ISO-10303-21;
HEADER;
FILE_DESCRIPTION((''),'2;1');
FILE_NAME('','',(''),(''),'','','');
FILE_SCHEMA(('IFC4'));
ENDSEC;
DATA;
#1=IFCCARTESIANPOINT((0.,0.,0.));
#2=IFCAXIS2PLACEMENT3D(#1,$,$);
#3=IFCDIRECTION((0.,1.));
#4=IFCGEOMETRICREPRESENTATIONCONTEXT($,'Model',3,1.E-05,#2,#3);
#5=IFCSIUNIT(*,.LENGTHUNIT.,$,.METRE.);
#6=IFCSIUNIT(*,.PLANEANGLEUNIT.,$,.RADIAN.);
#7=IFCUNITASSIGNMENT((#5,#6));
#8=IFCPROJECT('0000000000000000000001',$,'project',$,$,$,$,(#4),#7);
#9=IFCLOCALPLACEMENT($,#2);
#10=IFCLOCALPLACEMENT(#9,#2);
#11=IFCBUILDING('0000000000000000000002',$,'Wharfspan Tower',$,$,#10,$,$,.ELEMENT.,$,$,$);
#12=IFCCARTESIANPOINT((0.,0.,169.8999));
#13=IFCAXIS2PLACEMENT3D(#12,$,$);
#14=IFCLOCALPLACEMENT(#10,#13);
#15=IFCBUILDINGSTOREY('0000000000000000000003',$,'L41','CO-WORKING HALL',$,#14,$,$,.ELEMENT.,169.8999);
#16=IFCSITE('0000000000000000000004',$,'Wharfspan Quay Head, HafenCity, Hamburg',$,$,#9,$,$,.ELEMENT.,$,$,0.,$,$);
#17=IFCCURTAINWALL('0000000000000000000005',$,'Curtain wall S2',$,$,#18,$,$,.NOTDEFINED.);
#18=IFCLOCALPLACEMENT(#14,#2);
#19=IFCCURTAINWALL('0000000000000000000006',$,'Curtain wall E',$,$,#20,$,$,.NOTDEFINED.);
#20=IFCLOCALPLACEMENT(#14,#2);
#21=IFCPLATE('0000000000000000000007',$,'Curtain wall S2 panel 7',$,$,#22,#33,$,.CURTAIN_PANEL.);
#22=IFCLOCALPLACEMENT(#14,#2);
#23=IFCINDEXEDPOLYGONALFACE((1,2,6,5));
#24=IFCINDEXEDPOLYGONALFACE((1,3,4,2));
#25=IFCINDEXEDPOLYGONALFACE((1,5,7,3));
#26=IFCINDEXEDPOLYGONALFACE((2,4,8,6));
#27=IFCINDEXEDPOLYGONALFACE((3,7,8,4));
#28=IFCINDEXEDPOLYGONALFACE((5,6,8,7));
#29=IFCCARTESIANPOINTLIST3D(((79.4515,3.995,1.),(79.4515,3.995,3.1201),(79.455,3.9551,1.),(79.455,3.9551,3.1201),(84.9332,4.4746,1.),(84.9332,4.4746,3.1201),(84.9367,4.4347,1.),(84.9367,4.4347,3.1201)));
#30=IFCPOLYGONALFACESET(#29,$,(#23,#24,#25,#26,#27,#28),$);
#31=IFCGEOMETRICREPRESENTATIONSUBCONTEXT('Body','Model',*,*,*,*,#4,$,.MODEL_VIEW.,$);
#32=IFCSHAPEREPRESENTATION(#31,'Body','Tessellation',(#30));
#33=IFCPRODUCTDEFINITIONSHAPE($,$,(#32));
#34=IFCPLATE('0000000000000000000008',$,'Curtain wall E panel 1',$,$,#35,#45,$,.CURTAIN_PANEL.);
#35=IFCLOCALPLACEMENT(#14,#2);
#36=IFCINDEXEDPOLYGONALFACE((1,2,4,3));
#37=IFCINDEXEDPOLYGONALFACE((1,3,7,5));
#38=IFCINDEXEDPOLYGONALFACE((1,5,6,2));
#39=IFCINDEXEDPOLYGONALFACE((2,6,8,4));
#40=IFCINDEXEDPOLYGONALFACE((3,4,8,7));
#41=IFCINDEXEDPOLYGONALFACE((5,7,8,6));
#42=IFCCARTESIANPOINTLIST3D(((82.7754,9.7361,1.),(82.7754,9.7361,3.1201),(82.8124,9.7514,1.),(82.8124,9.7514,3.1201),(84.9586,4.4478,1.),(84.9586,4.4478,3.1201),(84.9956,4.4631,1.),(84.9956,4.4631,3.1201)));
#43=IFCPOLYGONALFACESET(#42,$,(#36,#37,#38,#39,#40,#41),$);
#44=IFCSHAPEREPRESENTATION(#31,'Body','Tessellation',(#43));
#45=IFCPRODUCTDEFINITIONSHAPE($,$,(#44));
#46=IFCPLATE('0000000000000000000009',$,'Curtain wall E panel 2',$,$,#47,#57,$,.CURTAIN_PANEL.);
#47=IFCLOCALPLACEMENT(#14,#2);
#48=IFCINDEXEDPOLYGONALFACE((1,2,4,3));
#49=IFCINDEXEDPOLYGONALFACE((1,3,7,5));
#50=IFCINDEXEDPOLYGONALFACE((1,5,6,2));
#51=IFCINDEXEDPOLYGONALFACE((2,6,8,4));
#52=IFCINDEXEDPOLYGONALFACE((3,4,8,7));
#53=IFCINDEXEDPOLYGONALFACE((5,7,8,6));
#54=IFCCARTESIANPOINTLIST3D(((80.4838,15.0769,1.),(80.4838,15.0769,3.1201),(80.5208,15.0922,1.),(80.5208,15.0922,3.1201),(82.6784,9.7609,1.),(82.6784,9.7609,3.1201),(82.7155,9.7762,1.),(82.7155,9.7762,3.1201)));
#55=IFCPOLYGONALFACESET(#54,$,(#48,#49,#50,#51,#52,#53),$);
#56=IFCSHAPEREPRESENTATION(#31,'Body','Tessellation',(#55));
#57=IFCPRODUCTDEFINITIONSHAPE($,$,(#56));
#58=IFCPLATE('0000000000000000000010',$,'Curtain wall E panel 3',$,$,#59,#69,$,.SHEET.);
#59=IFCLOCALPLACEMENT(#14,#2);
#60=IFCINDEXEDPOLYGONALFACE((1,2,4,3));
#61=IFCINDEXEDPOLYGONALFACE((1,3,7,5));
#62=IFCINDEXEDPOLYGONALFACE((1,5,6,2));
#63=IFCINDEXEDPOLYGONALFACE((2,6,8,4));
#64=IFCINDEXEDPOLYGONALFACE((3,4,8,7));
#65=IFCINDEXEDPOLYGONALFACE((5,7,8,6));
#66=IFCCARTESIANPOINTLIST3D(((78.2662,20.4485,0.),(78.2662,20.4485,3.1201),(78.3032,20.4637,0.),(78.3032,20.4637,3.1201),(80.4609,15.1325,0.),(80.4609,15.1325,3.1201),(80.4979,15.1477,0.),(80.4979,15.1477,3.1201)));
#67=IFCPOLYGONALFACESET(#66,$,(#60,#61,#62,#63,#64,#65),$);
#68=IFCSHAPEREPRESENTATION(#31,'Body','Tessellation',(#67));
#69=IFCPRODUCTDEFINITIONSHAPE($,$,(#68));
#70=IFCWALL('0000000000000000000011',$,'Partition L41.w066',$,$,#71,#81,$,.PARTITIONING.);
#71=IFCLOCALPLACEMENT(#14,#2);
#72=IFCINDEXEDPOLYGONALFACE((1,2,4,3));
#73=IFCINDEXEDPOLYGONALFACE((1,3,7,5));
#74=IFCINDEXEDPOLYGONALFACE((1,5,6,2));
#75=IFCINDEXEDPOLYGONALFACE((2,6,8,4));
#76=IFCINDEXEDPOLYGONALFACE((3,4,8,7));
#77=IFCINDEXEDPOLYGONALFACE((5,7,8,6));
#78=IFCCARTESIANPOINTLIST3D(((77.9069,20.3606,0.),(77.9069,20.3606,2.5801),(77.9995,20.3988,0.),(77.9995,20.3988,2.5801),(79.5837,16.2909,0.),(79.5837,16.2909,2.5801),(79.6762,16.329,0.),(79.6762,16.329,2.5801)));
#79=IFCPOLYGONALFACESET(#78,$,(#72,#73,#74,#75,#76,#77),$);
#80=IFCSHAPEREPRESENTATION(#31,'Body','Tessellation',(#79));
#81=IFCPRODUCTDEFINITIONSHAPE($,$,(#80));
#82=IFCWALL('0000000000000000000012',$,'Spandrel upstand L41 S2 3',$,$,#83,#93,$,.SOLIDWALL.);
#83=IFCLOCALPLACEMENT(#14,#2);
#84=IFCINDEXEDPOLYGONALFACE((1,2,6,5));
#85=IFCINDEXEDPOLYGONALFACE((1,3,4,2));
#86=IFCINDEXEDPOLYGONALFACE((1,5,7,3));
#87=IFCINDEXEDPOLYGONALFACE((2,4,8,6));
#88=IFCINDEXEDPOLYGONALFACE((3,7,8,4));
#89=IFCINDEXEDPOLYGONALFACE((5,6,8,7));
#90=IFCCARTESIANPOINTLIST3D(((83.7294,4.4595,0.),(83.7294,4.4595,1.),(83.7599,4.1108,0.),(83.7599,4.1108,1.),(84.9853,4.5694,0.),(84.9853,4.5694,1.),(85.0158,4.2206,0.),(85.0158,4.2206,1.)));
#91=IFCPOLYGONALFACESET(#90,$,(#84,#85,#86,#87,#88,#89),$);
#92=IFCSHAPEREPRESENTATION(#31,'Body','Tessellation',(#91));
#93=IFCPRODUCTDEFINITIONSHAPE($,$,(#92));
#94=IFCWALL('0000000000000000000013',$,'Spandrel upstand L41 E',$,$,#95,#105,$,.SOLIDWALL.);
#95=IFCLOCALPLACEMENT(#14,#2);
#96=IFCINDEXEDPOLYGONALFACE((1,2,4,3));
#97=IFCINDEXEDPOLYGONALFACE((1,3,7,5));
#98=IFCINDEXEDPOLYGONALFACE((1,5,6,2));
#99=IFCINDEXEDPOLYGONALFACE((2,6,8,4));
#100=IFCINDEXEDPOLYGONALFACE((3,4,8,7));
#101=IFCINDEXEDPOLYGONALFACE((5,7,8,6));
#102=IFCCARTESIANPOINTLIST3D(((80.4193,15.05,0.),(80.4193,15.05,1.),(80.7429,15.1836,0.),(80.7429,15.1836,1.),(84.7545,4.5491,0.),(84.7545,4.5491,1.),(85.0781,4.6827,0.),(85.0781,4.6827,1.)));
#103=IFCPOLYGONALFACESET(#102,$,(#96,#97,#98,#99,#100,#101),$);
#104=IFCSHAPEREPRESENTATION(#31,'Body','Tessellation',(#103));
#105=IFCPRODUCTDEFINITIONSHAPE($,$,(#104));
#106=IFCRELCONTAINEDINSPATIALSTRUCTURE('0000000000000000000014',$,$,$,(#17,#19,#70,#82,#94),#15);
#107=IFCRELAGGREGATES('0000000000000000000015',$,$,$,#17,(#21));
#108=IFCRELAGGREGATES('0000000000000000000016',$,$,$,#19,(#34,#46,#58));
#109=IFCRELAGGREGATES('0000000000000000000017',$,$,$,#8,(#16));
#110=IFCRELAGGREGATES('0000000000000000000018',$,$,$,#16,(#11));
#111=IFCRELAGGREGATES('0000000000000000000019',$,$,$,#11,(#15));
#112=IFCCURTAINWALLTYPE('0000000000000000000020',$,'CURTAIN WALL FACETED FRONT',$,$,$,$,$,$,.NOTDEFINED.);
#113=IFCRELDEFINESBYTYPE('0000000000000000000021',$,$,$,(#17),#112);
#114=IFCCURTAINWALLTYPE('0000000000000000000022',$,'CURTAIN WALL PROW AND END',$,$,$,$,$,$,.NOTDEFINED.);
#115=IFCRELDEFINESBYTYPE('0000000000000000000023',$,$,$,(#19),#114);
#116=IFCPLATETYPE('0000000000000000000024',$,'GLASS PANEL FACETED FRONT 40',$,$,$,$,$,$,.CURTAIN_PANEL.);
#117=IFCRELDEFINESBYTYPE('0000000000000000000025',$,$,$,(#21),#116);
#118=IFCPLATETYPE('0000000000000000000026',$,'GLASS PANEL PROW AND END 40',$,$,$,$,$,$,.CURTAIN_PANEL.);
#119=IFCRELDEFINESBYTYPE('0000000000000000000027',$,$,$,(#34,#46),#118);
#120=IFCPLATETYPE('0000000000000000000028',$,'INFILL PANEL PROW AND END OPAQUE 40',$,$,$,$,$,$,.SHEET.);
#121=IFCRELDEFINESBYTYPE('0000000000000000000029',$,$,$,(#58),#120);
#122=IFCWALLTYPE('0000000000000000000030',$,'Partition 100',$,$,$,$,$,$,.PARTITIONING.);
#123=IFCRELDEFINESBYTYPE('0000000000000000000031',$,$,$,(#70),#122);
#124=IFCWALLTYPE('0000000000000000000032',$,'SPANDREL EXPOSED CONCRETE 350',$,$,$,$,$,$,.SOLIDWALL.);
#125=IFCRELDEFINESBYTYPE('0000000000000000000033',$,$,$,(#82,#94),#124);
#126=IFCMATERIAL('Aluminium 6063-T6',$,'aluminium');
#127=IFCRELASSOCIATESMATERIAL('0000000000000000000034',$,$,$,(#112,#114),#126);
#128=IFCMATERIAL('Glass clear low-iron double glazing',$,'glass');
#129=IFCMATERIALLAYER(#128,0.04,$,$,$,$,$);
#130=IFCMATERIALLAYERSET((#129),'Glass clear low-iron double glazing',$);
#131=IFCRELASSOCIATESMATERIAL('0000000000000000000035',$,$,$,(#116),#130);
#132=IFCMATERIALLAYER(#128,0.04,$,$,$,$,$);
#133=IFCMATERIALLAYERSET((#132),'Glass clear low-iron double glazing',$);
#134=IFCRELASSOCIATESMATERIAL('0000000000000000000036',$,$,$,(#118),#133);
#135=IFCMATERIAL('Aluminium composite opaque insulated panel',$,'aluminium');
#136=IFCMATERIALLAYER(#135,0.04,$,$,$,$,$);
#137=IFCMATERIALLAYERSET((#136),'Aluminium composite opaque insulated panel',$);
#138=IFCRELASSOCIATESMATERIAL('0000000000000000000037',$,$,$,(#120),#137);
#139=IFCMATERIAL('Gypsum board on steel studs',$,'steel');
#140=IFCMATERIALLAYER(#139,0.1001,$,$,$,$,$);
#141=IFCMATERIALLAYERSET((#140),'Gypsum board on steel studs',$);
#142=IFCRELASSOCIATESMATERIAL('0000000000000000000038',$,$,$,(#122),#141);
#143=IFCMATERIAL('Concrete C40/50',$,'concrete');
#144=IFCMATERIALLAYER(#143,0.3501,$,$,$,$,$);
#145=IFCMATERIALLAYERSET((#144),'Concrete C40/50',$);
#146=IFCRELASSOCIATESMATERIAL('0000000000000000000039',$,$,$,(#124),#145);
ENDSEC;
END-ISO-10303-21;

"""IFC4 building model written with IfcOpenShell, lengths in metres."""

from ifc_helpers import new_model, si_unit, direction, frame, frame_2d, origin, origin_2d, place, context, subcontext, project, spatial, rectangle, extrude, material, layer, layer_set, type_object, element, aggregate, save


model = new_model("IFC4")

# Units and contexts
model_context = context("Model", 3, precision=1e-05, world=origin(), true_north=direction((0.0, 1.0)))
body_context = subcontext(model_context, "Body", "Model", "MODEL_VIEW")
ifc_project = project(units=[si_unit("LENGTHUNIT", "METRE"), si_unit("PLANEANGLEUNIT", "RADIAN")], contexts=[model_context])

# Site, building, storey
site_placement = place(None, origin())
site = spatial("IfcSite", under=ifc_project, at=site_placement, Name="Wharfspan Quay Head, HafenCity, Hamburg", CompositionType="ELEMENT", RefElevation=0.0)
building_placement = place(site_placement, origin())
building = spatial("IfcBuilding", under=site, at=building_placement, Name="Wharfspan Tower", CompositionType="ELEMENT")
storey_placement = place(building_placement, frame((0.0, 0.0, 169.8999)))
storey = spatial("IfcBuildingStorey", under=building, at=storey_placement, Name="L41", Description="CO-WORKING HALL", CompositionType="ELEMENT", Elevation=169.8999)

# Curtain walls
ifc_material_1 = material(Name="Aluminium 6063-T6", Category="aluminium")
curtain_wall_type_1 = type_object("IfcCurtainWallType", Name="CURTAIN WALL FACETED FRONT", PredefinedType="NOTDEFINED", material=ifc_material_1)
curtain_wall_1_placement = place(storey_placement, origin())
curtain_wall_1 = element("IfcCurtainWall", 1, at=curtain_wall_1_placement, inside=storey, type_object=curtain_wall_type_1, Name="Curtain wall S2", PredefinedType="NOTDEFINED")
curtain_wall_type_2 = type_object("IfcCurtainWallType", Name="CURTAIN WALL PROW AND END", PredefinedType="NOTDEFINED", material=ifc_material_1)
curtain_wall_2_placement = place(storey_placement, origin())
curtain_wall_2 = element("IfcCurtainWall", 2, at=curtain_wall_2_placement, inside=storey, type_object=curtain_wall_type_2, Name="Curtain wall E", PredefinedType="NOTDEFINED")

# Plates
ifc_material_2 = material(Name="Glass clear low-iron double glazing", Category="glass")
ifc_layer_1 = layer(ifc_material_2, 0.04)
ifc_layer_set_1 = layer_set([ifc_layer_1], Name="Glass clear low-iron double glazing")
plate_type_1 = type_object("IfcPlateType", Name="GLASS PANEL FACETED FRONT 40", PredefinedType="CURTAIN_PANEL", material=ifc_layer_set_1)
plate_1_placement = place(storey_placement, frame((82.1941, 4.2148, 1.0), z_axis=(0.0, 0.0, 1.0), x_axis=(0.996198, 0.087156, 0.0)))
plate_1 = element("IfcPlate", 3, at=plate_1_placement, type_object=plate_type_1, Name="Curtain wall S2 panel 7", PredefinedType="CURTAIN_PANEL", context=body_context, shape_type="SweptSolid", body=[
    extrude(rectangle(XDim=5.5027, YDim=0.04, at=origin_2d()), origin(), (0.0, 0.0, 1.0), 2.1201),
])
aggregate(curtain_wall_1, [plate_1])
ifc_layer_2 = layer(ifc_material_2, 0.04)
ifc_layer_set_2 = layer_set([ifc_layer_2], Name="Glass clear low-iron double glazing")
plate_type_2 = type_object("IfcPlateType", Name="GLASS PANEL PROW AND END 40", PredefinedType="CURTAIN_PANEL", material=ifc_layer_set_2)
plate_2_placement = place(storey_placement, frame((83.8855, 7.0996, 1.0), z_axis=(0.0, 0.0, 1.0), x_axis=(-0.381602, 0.924325, 0.0)))
plate_2 = element("IfcPlate", 4, at=plate_2_placement, type_object=plate_type_2, Name="Curtain wall E panel 1", PredefinedType="CURTAIN_PANEL", context=body_context, shape_type="SweptSolid", body=[
    extrude(rectangle(XDim=5.7212, YDim=0.04, at=origin_2d()), origin(), (0.0, 0.0, 1.0), 2.1201),
])
plate_3_placement = place(storey_placement, frame((81.5996, 12.4265, 1.0), z_axis=(0.0, 0.0, 1.0), x_axis=(-0.381602, 0.924325, 0.0)))
plate_3 = element("IfcPlate", 5, at=plate_3_placement, type_object=plate_type_2, Name="Curtain wall E panel 2", PredefinedType="CURTAIN_PANEL", context=body_context, shape_type="SweptSolid", body=[
    extrude(rectangle(XDim=5.7512, YDim=0.04, at=origin_2d()), origin(), (0.0, 0.0, 1.0), 2.1201),
])
ifc_material_3 = material(Name="Aluminium composite opaque insulated panel", Category="aluminium")
ifc_layer_3 = layer(ifc_material_3, 0.04)
ifc_layer_set_3 = layer_set([ifc_layer_3], Name="Aluminium composite opaque insulated panel")
plate_type_3 = type_object("IfcPlateType", Name="INFILL PANEL PROW AND END OPAQUE 40", PredefinedType="SHEET", material=ifc_layer_set_3)
plate_4_placement = place(storey_placement, frame((79.3821, 17.7981, 0.0), z_axis=(0.0, 0.0, 1.0), x_axis=(-0.381602, 0.924325, 0.0)))
plate_4 = element("IfcPlate", 6, at=plate_4_placement, type_object=plate_type_3, Name="Curtain wall E panel 3", PredefinedType="SHEET", context=body_context, shape_type="SweptSolid", body=[
    extrude(rectangle(XDim=5.7512, YDim=0.04, at=origin_2d()), origin(), (0.0, 0.0, 1.0), 3.1201),
])
aggregate(curtain_wall_2, [plate_2, plate_3, plate_4])

# Walls
ifc_material_4 = material(Name="Gypsum board on steel studs", Category="steel")
ifc_layer_4 = layer(ifc_material_4, 0.1001)
ifc_layer_set_4 = layer_set([ifc_layer_4], Name="Gypsum board on steel studs")
wall_type_1 = type_object("IfcWallType", Name="Partition 100", PredefinedType="PARTITIONING", material=ifc_layer_set_4)
wall_1_placement = place(storey_placement, frame((79.6299, 16.3101, 0.0), z_axis=(0.0, 0.0, 1.0), x_axis=(-0.380933, 0.9246, 0.0)))
element("IfcWall", 7, at=wall_1_placement, inside=storey, type_object=wall_type_1, Name="Partition L41.w066", PredefinedType="PARTITIONING", context=body_context, shape_type="SweptSolid", body=[
    extrude(rectangle(XDim=4.4016, YDim=0.1001, at=frame_2d((2.2007, 0.0))), origin(), (0.0, 0.0, 1.0), 2.5801),
])
ifc_material_5 = material(Name="Concrete C40/50", Category="concrete")
ifc_layer_5 = layer(ifc_material_5, 0.3501)
ifc_layer_set_5 = layer_set([ifc_layer_5], Name="Concrete C40/50")
wall_type_2 = type_object("IfcWallType", Name="SPANDREL EXPOSED CONCRETE 350", PredefinedType="SOLIDWALL", material=ifc_layer_set_5)
wall_2_placement = place(storey_placement, frame((83.7446, 4.2852, 0.0), z_axis=(0.0, 0.0, 1.0), x_axis=(0.996198, 0.087148, 0.0)))
element("IfcWall", 8, at=wall_2_placement, inside=storey, type_object=wall_type_2, Name="Spandrel upstand L41 S2 3", PredefinedType="SOLIDWALL", context=body_context, shape_type="SweptSolid", body=[
    extrude(rectangle(XDim=1.2607, YDim=0.3501, at=frame_2d((0.6304, 0.0))), origin(), (0.0, 0.0, 1.0), 1.0),
])
wall_3_placement = place(storey_placement, frame((84.9163, 4.616, 0.0), z_axis=(0.0, 0.0, 1.0), x_axis=(-0.381598, 0.924328, 0.0)))
element("IfcWall", 9, at=wall_3_placement, inside=storey, type_object=wall_type_2, Name="Spandrel upstand L41 E", PredefinedType="SOLIDWALL", context=body_context, shape_type="SweptSolid", body=[
    extrude(rectangle(XDim=11.3606, YDim=0.3501, at=frame_2d((5.6802, 0.0))), origin(), (0.0, 0.0, 1.0), 1.0),
])

save(model, "model.ifc")
